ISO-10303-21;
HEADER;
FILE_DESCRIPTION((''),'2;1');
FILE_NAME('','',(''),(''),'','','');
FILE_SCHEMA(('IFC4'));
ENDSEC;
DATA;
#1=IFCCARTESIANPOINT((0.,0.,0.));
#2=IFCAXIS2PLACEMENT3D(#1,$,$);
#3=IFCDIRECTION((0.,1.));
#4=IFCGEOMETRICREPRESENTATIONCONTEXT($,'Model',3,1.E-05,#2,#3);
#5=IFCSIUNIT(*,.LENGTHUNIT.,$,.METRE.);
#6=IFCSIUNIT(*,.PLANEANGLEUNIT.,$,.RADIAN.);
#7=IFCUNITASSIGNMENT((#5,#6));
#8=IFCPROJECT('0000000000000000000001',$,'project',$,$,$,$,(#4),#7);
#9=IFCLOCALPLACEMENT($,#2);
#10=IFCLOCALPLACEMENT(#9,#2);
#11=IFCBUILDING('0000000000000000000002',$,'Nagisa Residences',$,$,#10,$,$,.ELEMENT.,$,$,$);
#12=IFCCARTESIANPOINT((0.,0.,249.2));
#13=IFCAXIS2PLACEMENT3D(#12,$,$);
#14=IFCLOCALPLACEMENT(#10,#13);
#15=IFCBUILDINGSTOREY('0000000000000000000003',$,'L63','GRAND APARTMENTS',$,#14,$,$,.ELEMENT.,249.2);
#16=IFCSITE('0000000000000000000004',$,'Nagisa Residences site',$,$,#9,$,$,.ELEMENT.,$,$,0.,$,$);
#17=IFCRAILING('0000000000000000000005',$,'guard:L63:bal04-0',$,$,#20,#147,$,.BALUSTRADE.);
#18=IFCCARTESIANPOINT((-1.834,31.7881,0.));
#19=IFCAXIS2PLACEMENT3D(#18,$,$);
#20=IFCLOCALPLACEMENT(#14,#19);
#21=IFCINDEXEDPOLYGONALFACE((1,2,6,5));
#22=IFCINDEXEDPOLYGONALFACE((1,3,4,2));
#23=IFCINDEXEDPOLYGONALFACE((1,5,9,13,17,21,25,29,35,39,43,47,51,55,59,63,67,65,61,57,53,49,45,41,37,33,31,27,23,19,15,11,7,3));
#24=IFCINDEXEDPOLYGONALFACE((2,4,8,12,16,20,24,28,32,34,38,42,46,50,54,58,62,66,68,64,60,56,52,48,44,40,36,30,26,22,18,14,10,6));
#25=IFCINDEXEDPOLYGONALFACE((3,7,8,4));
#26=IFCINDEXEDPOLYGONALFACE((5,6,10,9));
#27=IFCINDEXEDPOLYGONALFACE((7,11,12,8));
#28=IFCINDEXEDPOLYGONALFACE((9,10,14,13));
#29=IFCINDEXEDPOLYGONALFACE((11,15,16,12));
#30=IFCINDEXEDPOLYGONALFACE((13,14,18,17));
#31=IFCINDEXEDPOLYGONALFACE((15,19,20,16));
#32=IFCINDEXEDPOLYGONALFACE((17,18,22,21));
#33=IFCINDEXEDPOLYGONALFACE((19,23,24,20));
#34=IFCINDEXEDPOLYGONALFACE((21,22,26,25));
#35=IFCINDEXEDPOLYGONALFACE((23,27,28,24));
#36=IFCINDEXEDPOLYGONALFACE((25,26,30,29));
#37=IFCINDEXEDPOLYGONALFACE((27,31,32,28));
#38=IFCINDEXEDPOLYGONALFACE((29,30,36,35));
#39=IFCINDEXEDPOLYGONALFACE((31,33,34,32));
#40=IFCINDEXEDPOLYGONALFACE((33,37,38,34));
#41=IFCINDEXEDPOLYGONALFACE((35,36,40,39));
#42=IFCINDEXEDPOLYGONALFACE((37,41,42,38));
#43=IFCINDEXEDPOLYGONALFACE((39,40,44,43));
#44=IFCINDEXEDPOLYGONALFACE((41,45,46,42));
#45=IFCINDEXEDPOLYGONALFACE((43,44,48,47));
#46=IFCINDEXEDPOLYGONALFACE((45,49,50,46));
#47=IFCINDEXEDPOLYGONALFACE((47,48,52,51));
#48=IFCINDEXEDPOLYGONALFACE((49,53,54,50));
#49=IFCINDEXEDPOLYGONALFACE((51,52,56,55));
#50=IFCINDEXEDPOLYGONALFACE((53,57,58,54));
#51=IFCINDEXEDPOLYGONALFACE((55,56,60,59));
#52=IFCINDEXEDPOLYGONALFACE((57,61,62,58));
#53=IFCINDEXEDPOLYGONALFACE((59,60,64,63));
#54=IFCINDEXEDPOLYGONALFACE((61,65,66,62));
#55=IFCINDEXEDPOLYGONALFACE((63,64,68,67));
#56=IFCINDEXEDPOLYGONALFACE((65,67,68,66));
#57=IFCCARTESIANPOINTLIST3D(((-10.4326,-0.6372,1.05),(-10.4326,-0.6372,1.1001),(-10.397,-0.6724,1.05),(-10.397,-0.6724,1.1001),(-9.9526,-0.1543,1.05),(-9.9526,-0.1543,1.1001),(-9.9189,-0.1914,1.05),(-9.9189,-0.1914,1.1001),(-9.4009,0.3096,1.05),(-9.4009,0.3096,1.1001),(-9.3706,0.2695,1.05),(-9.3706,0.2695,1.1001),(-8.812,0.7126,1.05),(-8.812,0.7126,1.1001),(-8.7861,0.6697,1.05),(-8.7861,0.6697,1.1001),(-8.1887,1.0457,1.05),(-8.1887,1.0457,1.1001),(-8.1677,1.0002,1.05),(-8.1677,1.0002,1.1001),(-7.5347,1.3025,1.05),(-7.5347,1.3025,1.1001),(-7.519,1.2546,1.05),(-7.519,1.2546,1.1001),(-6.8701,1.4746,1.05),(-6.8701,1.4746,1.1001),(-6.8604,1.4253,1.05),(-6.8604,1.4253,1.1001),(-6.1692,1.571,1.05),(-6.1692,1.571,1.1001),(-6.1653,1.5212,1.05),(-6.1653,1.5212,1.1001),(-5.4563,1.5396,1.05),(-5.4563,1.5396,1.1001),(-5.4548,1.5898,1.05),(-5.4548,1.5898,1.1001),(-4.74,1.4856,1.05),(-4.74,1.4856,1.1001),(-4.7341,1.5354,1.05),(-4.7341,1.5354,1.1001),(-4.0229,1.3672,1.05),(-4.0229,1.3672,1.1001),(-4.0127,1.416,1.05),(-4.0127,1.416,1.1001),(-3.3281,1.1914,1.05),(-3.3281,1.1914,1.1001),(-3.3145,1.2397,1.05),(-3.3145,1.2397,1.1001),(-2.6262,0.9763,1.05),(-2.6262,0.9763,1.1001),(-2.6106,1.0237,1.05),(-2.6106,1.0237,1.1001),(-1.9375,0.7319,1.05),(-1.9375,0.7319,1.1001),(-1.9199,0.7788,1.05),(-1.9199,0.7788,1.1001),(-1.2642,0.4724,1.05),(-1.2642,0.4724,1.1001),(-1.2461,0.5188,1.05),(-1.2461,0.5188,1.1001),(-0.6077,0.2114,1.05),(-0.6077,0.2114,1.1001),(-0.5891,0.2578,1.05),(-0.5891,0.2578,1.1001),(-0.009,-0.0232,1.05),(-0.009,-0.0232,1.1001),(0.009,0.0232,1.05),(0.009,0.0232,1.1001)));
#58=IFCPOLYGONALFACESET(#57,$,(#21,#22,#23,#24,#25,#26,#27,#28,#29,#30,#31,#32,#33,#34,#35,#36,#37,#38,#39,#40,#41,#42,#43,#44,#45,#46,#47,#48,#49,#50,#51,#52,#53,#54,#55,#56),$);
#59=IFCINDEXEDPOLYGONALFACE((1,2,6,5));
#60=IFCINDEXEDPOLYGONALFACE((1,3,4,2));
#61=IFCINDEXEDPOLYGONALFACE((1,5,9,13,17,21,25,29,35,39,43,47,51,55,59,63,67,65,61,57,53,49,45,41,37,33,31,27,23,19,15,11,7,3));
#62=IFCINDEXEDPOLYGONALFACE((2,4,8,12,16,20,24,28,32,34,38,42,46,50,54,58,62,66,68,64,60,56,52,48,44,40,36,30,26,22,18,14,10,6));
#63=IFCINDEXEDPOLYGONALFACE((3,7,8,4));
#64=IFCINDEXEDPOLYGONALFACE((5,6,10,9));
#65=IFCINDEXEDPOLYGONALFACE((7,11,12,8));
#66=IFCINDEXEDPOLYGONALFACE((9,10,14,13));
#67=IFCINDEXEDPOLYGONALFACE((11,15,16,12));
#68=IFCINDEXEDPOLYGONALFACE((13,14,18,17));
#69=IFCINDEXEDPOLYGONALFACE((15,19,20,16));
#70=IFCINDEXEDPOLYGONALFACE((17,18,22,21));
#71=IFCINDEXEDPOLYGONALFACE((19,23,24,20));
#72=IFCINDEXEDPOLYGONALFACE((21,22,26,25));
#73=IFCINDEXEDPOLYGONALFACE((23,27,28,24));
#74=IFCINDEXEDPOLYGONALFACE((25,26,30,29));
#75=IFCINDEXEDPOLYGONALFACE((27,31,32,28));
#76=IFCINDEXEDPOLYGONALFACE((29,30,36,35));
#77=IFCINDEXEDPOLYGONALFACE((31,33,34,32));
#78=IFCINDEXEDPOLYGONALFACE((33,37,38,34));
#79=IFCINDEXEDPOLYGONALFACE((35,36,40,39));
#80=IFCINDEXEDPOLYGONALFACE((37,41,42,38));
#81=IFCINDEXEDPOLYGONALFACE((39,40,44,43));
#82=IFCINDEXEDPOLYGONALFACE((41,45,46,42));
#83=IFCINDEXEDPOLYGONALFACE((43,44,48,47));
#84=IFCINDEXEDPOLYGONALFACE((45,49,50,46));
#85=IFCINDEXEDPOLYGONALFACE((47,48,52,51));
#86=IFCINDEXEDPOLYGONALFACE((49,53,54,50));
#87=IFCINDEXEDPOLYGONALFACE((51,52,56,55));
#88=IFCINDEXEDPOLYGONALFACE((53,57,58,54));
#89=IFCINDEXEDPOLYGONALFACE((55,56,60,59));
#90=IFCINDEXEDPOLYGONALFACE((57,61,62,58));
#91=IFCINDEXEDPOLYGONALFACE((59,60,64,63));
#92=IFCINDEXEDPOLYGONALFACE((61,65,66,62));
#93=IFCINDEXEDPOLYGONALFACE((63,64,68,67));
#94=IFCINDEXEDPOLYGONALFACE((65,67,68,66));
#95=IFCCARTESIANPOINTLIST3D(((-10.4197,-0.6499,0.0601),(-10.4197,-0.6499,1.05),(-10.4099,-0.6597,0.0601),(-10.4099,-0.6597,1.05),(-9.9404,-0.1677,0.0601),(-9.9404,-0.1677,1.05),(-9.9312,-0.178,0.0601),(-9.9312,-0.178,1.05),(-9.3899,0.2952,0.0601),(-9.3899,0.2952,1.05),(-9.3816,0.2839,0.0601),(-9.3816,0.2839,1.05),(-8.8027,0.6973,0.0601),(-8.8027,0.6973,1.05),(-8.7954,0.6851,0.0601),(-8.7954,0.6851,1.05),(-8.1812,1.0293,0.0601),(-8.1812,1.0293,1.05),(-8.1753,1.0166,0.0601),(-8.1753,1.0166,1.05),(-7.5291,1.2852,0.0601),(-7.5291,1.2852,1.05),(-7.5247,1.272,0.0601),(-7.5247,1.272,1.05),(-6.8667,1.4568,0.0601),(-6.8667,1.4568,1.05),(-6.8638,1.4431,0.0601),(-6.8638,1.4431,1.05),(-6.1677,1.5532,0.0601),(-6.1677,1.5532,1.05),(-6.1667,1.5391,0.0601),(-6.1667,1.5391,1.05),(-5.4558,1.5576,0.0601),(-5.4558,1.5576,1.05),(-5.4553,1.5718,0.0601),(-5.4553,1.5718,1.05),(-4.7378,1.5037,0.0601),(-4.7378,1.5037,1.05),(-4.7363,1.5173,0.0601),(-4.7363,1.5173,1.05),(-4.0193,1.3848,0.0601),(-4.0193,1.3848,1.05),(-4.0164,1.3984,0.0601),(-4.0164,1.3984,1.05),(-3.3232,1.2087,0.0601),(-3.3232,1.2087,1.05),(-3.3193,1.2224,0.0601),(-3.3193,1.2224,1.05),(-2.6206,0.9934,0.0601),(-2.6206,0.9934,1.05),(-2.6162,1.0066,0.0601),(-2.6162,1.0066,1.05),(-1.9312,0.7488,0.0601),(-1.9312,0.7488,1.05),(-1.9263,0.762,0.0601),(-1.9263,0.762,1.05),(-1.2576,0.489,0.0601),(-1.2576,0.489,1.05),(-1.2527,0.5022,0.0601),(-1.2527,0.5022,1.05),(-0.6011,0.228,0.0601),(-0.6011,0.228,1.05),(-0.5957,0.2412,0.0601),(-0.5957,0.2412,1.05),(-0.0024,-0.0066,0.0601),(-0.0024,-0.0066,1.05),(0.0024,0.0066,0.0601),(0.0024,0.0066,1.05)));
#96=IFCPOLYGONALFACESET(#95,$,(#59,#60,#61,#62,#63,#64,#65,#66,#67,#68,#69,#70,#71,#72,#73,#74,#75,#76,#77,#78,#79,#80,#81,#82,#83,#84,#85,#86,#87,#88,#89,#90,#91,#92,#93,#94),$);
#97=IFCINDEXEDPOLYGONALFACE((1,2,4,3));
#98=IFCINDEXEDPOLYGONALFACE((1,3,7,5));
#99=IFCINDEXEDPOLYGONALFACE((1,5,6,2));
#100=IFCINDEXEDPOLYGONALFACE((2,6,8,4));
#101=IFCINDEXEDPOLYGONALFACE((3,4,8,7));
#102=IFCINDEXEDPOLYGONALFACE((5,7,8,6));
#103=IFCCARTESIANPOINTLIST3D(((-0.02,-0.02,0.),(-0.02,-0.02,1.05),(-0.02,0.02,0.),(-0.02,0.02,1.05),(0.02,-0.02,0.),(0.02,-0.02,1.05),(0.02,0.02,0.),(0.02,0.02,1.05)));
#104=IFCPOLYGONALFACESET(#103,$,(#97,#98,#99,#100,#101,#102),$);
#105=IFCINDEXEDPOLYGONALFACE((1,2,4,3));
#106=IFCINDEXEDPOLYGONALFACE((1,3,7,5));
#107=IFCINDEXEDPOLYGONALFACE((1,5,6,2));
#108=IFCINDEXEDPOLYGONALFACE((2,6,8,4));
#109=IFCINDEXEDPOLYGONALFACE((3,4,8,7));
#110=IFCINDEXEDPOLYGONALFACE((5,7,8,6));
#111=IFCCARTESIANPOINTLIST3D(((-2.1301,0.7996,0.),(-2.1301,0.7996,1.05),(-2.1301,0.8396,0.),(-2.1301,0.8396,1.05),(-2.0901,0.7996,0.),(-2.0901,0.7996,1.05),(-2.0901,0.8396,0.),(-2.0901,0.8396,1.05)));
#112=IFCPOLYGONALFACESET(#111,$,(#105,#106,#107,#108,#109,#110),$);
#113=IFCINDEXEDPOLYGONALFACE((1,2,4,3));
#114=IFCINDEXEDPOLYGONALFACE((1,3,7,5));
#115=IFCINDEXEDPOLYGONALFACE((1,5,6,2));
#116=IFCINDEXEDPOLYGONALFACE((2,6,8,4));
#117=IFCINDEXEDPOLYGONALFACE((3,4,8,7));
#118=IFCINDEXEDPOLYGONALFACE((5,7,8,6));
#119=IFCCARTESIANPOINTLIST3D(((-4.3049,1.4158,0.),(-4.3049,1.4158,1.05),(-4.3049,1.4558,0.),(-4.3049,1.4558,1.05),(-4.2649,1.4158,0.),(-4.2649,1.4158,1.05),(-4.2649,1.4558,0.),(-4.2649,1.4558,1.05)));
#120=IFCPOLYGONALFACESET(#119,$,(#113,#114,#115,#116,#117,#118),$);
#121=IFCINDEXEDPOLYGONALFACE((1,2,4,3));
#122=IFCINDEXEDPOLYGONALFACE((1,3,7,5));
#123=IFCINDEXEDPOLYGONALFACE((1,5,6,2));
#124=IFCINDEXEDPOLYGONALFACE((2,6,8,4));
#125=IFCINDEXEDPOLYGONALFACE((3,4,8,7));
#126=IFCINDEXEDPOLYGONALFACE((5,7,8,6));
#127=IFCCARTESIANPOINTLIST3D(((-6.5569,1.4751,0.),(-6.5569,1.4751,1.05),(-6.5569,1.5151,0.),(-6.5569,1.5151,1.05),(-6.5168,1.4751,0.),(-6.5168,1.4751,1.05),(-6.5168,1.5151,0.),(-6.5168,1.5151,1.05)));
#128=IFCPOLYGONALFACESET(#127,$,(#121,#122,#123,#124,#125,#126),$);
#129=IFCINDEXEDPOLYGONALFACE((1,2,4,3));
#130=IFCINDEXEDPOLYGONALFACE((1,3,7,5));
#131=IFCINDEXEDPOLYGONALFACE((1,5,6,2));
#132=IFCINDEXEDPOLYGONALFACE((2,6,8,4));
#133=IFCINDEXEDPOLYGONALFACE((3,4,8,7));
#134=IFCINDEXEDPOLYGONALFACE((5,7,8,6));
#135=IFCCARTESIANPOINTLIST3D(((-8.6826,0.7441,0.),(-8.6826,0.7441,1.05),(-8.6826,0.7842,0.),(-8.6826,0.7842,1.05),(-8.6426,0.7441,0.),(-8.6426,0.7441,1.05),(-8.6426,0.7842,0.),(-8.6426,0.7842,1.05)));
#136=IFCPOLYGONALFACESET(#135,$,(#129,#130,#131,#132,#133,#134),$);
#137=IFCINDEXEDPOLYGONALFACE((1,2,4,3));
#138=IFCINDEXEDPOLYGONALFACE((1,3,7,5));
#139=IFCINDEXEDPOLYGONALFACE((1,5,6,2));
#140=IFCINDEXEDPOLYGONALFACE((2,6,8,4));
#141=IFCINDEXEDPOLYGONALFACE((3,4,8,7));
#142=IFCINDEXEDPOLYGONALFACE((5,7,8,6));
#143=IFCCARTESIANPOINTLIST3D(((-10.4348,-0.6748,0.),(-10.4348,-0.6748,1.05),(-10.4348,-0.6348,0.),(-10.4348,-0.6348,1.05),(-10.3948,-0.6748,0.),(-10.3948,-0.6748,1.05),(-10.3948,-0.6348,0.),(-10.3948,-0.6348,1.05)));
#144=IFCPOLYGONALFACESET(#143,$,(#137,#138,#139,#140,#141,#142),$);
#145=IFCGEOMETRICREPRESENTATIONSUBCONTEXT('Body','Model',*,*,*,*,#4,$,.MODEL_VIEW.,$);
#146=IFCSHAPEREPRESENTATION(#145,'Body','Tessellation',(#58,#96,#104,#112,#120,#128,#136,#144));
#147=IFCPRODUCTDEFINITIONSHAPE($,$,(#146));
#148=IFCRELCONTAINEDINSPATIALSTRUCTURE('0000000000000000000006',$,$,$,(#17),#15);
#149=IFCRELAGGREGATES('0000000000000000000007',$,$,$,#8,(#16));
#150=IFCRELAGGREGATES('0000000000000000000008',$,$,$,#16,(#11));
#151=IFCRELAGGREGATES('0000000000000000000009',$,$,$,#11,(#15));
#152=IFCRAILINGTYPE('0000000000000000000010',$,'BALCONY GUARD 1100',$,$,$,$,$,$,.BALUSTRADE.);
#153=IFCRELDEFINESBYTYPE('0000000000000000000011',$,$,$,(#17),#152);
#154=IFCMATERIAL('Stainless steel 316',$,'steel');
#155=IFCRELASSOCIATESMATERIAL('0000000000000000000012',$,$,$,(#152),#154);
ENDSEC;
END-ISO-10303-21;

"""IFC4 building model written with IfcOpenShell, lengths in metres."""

from ifc_helpers import new_model, si_unit, direction, frame, origin, origin_2d, place, context, subcontext, project, spatial, polyline, rectangle, outline, extrude, material, type_object, element, save


model = new_model("IFC4")

# Units and contexts
model_context = context("Model", 3, precision=1e-05, world=origin(), true_north=direction((0.0, 1.0)))
body_context = subcontext(model_context, "Body", "Model", "MODEL_VIEW")
ifc_project = project(units=[si_unit("LENGTHUNIT", "METRE"), si_unit("PLANEANGLEUNIT", "RADIAN")], contexts=[model_context])

# Site, building, storey
site_placement = place(None, origin())
site = spatial("IfcSite", under=ifc_project, at=site_placement, Name="Nagisa Residences site", CompositionType="ELEMENT", RefElevation=0.0)
building_placement = place(site_placement, origin())
building = spatial("IfcBuilding", under=site, at=building_placement, Name="Nagisa Residences", CompositionType="ELEMENT")
storey_placement = place(building_placement, frame((0.0, 0.0, 249.2)))
storey = spatial("IfcBuildingStorey", under=building, at=storey_placement, Name="L63", Description="GRAND APARTMENTS", CompositionType="ELEMENT", Elevation=249.2)

# Railing
ifc_material_1 = material(Name="Stainless steel 316", Category="steel")
railing_type = type_object("IfcRailingType", Name="BALCONY GUARD 1100", PredefinedType="BALUSTRADE", material=ifc_material_1)
railing_1_placement = place(storey_placement, frame((-1.834, 31.7881, 0.0)))
element("IfcRailing", 1, at=railing_1_placement, inside=storey, type_object=railing_type, Name="guard:L63:bal04-0", PredefinedType="BALUSTRADE", context=body_context, shape_type="SweptSolid", body=[
    extrude(outline(polyline([(-0.6077, 0.2114), (-0.009, -0.0232), (0.009, 0.0232), (-0.5891, 0.2578), (-1.2461, 0.5188), (-1.9199, 0.7788), (-2.6106, 1.0237), (-3.3145, 1.2397), (-4.0127, 1.416), (-4.7341, 1.5354), (-5.4548, 1.5898), (-6.1692, 1.571), (-6.8701, 1.4746), (-7.5347, 1.3025), (-8.1887, 1.0457), (-8.812, 0.7126), (-9.4009, 0.3096), (-9.9526, -0.1543), (-10.4326, -0.6372), (-10.397, -0.6724), (-9.9189, -0.1914), (-9.3706, 0.2695), (-8.7861, 0.6697), (-8.1677, 1.0002), (-7.519, 1.2546), (-6.8604, 1.4253), (-6.1653, 1.5212), (-5.4563, 1.5396), (-4.74, 1.4856), (-4.0229, 1.3672), (-3.3281, 1.1914), (-2.6262, 0.9763), (-1.9375, 0.7319), (-1.2642, 0.4724), (-0.6077, 0.2114)])), frame((0.0, 0.0, 1.05)), (0.0, 0.0, 1.0), 0.05),
    extrude(outline(polyline([(-0.6011, 0.228), (-0.0024, -0.0066), (0.0024, 0.0066), (-0.5957, 0.2412), (-1.2527, 0.5022), (-1.9263, 0.762), (-2.6162, 1.0066), (-3.3193, 1.2224), (-4.0164, 1.3984), (-4.7363, 1.5173), (-5.4553, 1.5718), (-6.1677, 1.5532), (-6.8667, 1.4568), (-7.5291, 1.2852), (-8.1812, 1.0293), (-8.8027, 0.6973), (-9.3899, 0.2952), (-9.9404, -0.1677), (-10.4197, -0.6499), (-10.4099, -0.6597), (-9.9312, -0.178), (-9.3816, 0.2839), (-8.7954, 0.6851), (-8.1753, 1.0166), (-7.5247, 1.272), (-6.8638, 1.4431), (-6.1667, 1.5391), (-5.4558, 1.5576), (-4.7378, 1.5037), (-4.0193, 1.3848), (-3.3232, 1.2087), (-2.6206, 0.9934), (-1.9312, 0.7488), (-1.2576, 0.489), (-0.6011, 0.228)])), frame((0.0, 0.0, 0.0601)), (0.0, 0.0, 1.0), 0.99),
    extrude(rectangle(XDim=0.04, YDim=0.04, at=origin_2d()), origin(), (0.0, 0.0, 1.0), 1.05),
    extrude(rectangle(XDim=0.04, YDim=0.04, at=origin_2d()), frame((-2.1101, 0.8196, 0.0)), (0.0, 0.0, 1.0), 1.05),
    extrude(rectangle(XDim=0.04, YDim=0.04, at=origin_2d()), frame((-4.2849, 1.4358, 0.0)), (0.0, 0.0, 1.0), 1.05),
    extrude(rectangle(XDim=0.04, YDim=0.04, at=origin_2d()), frame((-6.5369, 1.4951, 0.0)), (0.0, 0.0, 1.0), 1.05),
    extrude(rectangle(XDim=0.04, YDim=0.04, at=origin_2d()), frame((-8.6626, 0.7642, 0.0)), (0.0, 0.0, 1.0), 1.05),
    extrude(rectangle(XDim=0.04, YDim=0.04, at=origin_2d()), frame((-10.4148, -0.6548, 0.0)), (0.0, 0.0, 1.0), 1.05),
])

save(model, "model.ifc")
